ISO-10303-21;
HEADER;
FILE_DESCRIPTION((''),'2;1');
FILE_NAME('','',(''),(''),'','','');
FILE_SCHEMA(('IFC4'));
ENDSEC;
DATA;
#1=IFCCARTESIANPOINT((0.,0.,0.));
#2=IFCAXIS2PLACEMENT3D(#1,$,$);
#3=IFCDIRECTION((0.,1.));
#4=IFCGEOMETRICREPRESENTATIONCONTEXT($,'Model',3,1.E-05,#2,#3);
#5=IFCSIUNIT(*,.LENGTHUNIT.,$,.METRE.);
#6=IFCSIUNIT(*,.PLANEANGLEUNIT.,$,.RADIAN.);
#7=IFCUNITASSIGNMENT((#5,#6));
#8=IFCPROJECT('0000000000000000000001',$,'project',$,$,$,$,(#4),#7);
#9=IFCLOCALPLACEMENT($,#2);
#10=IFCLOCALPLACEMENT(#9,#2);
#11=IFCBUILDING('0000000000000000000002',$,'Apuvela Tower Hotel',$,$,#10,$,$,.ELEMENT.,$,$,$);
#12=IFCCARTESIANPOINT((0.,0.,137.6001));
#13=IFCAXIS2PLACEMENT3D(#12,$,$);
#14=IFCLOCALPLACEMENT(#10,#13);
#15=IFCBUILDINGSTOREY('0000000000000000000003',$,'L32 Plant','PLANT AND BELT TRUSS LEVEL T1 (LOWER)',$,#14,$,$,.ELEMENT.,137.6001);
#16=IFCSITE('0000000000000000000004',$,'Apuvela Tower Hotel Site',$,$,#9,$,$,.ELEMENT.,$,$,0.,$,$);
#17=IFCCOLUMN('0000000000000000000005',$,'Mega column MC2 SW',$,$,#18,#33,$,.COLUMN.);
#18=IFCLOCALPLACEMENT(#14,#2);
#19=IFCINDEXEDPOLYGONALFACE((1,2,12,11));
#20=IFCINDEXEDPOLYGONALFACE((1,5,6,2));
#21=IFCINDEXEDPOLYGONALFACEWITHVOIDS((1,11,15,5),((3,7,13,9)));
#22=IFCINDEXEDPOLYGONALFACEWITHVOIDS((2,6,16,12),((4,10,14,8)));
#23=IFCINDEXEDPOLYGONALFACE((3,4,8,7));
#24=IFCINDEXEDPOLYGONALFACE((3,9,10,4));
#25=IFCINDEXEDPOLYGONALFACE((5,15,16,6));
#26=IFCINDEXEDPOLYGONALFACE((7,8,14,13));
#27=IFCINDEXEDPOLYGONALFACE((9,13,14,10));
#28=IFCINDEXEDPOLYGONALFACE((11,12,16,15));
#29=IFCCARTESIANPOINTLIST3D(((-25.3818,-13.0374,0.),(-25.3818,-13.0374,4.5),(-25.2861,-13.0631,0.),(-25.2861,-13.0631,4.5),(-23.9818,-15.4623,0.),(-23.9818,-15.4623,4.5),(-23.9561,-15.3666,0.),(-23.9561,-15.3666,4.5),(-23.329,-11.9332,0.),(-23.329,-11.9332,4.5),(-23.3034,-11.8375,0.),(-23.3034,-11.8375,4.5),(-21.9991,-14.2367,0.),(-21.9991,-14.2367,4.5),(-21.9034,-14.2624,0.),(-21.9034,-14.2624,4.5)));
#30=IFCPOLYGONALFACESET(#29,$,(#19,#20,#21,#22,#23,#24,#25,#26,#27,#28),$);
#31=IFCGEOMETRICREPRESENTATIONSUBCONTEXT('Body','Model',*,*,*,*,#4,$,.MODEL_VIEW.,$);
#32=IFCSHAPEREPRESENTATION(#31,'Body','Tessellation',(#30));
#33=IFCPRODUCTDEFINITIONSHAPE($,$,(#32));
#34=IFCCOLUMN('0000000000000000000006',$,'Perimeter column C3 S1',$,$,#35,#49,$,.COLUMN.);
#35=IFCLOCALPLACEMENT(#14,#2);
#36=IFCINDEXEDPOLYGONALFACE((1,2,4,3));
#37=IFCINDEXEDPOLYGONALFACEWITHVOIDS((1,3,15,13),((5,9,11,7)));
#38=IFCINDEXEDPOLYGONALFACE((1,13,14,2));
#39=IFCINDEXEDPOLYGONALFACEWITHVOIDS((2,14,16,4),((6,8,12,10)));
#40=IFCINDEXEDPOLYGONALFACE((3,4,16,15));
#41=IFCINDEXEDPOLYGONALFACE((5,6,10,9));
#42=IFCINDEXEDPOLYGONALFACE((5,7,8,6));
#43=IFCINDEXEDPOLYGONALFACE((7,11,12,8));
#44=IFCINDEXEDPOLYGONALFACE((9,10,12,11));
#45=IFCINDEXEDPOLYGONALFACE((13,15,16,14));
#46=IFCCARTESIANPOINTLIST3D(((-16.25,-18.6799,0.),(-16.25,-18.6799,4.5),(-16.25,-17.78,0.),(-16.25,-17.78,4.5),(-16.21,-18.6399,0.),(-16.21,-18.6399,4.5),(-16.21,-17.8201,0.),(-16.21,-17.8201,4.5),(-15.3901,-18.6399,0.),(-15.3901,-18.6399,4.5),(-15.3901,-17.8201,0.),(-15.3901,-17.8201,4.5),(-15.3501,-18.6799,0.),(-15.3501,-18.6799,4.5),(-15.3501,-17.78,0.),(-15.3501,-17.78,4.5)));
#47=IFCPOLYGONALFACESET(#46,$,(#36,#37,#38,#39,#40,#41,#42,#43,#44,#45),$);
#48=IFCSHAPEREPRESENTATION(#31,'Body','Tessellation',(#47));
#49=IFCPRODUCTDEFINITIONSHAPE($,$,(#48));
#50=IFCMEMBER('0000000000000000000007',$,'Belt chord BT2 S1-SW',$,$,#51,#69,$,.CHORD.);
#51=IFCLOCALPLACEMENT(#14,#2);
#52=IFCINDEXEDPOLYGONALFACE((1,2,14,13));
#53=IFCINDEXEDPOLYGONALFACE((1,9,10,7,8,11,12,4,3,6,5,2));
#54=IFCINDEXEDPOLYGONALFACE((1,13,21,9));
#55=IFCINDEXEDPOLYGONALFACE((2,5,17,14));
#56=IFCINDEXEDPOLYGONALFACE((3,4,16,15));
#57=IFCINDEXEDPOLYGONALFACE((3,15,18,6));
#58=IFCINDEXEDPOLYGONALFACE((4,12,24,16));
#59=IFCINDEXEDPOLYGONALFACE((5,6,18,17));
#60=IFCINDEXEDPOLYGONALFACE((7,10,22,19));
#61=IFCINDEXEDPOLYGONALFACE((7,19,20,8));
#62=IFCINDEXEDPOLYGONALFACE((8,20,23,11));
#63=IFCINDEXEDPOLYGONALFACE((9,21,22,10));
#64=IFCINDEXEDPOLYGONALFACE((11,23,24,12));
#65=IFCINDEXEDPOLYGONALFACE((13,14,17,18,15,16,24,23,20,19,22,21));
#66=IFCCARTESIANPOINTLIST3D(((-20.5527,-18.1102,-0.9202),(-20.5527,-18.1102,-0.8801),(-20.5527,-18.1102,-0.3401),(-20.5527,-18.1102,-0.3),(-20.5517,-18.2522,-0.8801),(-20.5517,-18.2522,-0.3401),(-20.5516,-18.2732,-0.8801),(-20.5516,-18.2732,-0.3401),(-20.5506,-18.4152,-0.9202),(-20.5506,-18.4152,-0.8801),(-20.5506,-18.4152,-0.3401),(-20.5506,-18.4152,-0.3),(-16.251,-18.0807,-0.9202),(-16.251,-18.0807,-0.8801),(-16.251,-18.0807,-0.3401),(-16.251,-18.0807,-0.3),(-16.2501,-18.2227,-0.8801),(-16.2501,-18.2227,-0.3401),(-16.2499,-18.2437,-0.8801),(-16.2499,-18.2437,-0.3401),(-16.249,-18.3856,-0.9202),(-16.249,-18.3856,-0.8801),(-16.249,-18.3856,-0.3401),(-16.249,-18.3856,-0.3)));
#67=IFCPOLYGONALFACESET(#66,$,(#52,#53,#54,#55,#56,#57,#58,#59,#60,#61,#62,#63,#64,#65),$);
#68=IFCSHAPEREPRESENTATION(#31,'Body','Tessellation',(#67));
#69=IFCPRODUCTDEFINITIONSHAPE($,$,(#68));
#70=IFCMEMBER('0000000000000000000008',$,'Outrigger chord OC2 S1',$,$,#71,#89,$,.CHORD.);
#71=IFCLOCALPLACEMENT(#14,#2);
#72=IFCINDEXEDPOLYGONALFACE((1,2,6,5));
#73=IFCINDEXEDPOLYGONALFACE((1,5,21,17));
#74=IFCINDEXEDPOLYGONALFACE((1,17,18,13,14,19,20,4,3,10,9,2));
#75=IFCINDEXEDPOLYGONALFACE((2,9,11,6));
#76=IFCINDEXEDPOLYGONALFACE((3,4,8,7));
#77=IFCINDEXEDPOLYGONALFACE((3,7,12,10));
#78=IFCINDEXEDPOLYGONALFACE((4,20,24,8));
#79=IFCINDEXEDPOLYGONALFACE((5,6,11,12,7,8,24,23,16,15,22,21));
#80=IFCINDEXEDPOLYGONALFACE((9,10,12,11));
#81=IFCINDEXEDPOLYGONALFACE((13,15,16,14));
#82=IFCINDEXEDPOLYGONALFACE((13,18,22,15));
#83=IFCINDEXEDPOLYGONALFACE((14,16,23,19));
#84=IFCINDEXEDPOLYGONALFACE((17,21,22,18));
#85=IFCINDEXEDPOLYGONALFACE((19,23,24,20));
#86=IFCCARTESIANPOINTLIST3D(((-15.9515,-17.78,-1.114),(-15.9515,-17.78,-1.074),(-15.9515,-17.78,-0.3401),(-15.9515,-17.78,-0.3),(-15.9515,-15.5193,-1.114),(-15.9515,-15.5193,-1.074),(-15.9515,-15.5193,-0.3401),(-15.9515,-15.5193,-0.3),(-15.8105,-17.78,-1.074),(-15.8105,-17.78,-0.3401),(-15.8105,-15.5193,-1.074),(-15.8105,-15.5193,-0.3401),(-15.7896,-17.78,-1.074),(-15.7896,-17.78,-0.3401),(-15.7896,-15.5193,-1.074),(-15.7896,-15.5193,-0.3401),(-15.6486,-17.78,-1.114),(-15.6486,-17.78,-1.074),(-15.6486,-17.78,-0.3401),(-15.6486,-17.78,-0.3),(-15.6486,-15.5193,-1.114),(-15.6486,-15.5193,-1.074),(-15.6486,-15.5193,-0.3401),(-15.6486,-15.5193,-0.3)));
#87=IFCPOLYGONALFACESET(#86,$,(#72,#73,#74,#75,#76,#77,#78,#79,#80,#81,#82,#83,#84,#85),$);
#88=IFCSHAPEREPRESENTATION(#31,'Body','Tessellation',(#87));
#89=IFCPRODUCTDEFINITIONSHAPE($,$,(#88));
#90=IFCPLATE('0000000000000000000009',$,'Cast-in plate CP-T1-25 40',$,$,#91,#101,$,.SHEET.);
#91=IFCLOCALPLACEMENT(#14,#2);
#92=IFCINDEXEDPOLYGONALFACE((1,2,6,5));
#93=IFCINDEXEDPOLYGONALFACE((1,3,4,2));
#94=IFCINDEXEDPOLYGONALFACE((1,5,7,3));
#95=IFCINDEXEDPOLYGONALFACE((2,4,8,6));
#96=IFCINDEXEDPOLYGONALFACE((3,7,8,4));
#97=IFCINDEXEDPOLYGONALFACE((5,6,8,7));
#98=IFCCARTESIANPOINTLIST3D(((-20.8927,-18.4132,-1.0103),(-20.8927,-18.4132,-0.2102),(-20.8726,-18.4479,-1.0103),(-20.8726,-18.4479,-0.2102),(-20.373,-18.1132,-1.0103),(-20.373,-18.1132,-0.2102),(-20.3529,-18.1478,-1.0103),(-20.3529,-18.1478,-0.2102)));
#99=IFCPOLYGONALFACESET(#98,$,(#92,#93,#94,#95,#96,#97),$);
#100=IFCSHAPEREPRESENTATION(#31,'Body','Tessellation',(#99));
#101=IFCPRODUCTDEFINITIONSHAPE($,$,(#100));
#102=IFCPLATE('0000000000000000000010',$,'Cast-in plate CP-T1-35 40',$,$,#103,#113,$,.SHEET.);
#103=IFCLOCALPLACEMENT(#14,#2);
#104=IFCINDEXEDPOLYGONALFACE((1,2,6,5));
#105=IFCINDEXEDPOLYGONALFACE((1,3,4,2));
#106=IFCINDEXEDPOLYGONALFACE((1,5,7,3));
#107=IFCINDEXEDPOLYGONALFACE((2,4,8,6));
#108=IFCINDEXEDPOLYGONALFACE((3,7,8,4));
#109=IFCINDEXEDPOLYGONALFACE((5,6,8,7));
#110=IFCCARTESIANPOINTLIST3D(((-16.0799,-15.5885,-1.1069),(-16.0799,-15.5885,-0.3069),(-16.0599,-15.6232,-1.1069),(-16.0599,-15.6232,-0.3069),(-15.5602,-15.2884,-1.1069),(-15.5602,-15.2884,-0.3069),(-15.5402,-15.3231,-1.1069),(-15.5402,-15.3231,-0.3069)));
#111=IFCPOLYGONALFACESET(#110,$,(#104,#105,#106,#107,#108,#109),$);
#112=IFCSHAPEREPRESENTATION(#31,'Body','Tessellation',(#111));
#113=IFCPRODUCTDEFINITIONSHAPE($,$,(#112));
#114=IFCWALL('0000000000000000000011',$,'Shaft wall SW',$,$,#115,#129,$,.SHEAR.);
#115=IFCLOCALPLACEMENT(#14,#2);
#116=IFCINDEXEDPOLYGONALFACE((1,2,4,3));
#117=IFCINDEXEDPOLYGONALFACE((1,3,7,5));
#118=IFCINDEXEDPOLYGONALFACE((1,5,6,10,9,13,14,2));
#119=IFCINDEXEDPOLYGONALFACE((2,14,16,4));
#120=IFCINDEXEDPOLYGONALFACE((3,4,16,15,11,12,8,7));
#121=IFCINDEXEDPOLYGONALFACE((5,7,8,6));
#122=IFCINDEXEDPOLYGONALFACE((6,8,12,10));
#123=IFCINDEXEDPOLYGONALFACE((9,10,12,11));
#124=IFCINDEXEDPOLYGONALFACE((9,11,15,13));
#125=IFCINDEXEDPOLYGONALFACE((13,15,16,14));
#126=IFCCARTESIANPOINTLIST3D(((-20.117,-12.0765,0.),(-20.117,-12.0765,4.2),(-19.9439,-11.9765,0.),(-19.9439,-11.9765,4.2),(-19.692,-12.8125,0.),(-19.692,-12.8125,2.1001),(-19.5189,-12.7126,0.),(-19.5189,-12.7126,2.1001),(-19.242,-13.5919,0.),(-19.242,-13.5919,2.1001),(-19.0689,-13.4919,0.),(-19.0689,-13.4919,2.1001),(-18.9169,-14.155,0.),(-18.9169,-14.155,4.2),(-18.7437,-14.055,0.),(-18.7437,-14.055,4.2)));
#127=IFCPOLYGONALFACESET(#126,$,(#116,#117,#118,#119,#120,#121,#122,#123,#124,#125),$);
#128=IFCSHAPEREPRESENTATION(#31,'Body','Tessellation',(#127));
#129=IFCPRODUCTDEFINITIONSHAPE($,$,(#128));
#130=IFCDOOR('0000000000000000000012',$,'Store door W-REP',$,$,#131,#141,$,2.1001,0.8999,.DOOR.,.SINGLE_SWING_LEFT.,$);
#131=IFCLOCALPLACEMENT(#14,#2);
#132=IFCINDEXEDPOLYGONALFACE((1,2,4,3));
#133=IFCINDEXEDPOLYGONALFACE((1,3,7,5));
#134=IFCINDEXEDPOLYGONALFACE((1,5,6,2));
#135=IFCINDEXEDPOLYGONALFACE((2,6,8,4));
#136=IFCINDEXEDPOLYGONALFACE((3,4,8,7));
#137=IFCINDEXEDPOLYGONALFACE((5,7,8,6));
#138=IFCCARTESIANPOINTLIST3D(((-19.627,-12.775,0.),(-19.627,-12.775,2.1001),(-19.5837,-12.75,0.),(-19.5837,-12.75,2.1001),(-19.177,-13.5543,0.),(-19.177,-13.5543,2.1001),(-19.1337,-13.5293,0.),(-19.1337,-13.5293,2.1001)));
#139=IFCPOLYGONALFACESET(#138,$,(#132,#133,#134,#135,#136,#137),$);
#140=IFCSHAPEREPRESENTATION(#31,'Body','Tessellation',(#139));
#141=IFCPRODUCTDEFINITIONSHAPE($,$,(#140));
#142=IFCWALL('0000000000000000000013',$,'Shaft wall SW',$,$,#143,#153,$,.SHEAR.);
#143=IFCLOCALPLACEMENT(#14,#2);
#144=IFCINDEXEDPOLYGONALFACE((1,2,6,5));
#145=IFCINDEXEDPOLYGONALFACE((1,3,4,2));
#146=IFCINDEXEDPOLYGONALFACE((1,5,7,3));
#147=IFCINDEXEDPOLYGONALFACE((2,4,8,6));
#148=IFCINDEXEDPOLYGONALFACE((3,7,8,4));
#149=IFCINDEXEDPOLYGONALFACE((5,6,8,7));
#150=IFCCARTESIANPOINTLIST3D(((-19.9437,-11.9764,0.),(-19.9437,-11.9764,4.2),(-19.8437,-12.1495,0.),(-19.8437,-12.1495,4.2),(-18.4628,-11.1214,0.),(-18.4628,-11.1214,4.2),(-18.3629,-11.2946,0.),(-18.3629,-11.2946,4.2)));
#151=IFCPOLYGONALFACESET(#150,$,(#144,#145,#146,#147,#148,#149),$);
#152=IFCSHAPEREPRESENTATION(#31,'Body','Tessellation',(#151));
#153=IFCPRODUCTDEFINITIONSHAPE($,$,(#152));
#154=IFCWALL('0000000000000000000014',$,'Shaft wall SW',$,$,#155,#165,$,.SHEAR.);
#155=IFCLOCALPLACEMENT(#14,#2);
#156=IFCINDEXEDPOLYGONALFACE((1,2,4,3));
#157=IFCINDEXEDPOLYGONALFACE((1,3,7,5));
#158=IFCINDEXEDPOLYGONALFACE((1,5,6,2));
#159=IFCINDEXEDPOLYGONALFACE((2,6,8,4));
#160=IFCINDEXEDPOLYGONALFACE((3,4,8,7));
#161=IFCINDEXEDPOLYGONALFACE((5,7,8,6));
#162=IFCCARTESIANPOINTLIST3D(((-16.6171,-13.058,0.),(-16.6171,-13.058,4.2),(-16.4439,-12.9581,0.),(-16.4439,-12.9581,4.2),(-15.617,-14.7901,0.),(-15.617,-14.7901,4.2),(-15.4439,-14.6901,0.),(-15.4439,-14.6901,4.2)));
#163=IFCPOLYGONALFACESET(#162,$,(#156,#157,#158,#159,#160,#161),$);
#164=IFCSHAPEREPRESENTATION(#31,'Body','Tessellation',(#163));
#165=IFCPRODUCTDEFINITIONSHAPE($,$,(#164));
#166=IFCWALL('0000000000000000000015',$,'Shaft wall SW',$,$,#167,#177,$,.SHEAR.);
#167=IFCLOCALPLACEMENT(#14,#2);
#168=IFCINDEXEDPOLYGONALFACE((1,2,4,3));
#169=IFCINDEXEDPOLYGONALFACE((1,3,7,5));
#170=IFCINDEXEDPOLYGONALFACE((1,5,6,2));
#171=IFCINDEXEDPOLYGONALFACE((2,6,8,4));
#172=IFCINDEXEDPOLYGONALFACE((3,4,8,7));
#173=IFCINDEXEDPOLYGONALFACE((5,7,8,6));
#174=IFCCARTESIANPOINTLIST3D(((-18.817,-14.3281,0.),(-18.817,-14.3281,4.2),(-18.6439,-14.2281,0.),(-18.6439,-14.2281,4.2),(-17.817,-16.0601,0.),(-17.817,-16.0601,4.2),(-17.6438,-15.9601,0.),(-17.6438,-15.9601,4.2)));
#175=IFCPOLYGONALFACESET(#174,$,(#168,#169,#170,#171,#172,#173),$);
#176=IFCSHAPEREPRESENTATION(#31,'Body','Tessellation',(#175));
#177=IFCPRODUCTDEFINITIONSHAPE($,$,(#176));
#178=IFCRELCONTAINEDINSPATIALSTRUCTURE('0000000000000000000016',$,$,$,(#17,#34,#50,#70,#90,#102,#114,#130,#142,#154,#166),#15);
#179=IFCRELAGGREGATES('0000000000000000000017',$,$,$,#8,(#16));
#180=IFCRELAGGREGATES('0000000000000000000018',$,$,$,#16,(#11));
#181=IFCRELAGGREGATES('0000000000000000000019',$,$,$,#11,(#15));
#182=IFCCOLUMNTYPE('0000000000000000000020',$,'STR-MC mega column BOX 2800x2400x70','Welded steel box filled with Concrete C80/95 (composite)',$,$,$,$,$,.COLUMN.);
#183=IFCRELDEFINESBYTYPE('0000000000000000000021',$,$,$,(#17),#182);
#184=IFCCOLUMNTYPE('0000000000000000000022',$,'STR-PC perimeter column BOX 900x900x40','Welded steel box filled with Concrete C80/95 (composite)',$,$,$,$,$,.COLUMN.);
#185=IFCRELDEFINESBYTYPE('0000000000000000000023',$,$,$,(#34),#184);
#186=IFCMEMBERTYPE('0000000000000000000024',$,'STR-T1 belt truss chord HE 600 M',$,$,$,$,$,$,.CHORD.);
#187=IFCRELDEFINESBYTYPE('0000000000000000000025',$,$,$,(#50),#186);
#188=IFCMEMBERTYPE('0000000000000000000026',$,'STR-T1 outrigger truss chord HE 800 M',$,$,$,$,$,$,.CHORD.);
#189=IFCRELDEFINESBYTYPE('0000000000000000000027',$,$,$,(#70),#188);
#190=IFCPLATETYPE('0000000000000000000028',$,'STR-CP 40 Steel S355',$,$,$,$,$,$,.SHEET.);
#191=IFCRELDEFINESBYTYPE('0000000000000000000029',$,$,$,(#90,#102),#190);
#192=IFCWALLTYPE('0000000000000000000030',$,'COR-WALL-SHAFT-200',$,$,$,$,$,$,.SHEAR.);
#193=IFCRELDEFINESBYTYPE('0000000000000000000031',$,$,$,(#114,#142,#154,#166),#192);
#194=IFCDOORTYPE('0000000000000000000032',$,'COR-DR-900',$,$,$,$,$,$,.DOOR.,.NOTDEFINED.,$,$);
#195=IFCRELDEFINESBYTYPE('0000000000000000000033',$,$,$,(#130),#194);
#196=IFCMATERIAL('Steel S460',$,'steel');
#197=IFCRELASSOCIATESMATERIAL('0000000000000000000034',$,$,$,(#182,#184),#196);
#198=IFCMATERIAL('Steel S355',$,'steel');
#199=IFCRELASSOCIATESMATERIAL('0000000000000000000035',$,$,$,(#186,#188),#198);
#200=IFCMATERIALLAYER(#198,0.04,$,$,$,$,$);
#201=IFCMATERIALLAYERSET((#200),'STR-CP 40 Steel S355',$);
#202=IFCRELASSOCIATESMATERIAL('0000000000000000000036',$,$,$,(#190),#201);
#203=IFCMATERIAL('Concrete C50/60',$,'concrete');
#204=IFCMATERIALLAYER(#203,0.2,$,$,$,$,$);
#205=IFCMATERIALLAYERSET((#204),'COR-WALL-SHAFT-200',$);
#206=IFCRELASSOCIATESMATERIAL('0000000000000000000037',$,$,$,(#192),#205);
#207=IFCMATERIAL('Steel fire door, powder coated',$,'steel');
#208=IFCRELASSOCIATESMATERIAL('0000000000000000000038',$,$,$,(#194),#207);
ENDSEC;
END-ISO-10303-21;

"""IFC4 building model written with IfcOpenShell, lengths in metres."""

from ifc_helpers import new_model, si_unit, direction, frame, frame_2d, origin, origin_2d, place, context, subcontext, project, spatial, rectangle, hollow_rectangle, i_section, extrude, material, layer, layer_set, material_profile, profile_set, type_object, element, fill, save


model = new_model("IFC4")

# Units and contexts
model_context = context("Model", 3, precision=1e-05, world=origin(), true_north=direction((0.0, 1.0)))
body_context = subcontext(model_context, "Body", "Model", "MODEL_VIEW")
ifc_project = project(units=[si_unit("LENGTHUNIT", "METRE"), si_unit("PLANEANGLEUNIT", "RADIAN")], contexts=[model_context])

# Site, building, storey
site_placement = place(None, origin())
site = spatial("IfcSite", under=ifc_project, at=site_placement, Name="Apuvela Tower Hotel Site", CompositionType="ELEMENT", RefElevation=0.0)
building_placement = place(site_placement, origin())
building = spatial("IfcBuilding", under=site, at=building_placement, Name="Apuvela Tower Hotel", CompositionType="ELEMENT")
storey_placement = place(building_placement, frame((0.0, 0.0, 137.6001)))
storey = spatial("IfcBuildingStorey", under=building, at=storey_placement, Name="L32 Plant", Description="PLANT AND BELT TRUSS LEVEL T1 (LOWER)", CompositionType="ELEMENT", Elevation=137.6001)

# Columns
ifc_material_1 = material(Name="Steel S460", Category="steel")
ifc_material_profile_1 = material_profile(ifc_material_1, hollow_rectangle(XDim=2.8, YDim=2.3999, WallThickness=0.0701, at=origin_2d()), Name="BOX 2800x2400x70")
ifc_material_2 = material(Name="Concrete C80/95", Category="concrete")
ifc_material_profile_2 = material_profile(ifc_material_2, rectangle(XDim=2.6599, YDim=2.26, at=origin_2d()), Name="Concrete C80/95 infill")
ifc_profile_set_1 = profile_set([ifc_material_profile_1, ifc_material_profile_2], Name="Steel S460")
column_type_1 = type_object("IfcColumnType", Name="STR-MC mega column BOX 2800x2400x70", Description="Welded steel box filled with Concrete C80/95 (composite)", PredefinedType="COLUMN", material=ifc_profile_set_1)
column_1_placement = place(storey_placement, frame((-23.6426, -13.6499, 0.0), z_axis=(0.0, 0.0, 1.0), x_axis=(-0.5, 0.866025, 0.0)))
element("IfcColumn", 1, at=column_1_placement, inside=storey, type_object=column_type_1, Name="Mega column MC2 SW", PredefinedType="COLUMN", context=body_context, shape_type="SweptSolid", body=[
    extrude(hollow_rectangle(XDim=2.8, YDim=2.3999, WallThickness=0.0701, at=origin_2d()), origin(), (0.0, 0.0, 1.0), 4.5),
])
ifc_material_profile_3 = material_profile(ifc_material_1, hollow_rectangle(XDim=0.8999, YDim=0.8999, WallThickness=0.04, at=origin_2d()), Name="BOX 900x900x40")
ifc_material_profile_4 = material_profile(ifc_material_2, rectangle(XDim=0.8201, YDim=0.8201, at=origin_2d()), Name="Concrete C80/95 infill")
ifc_profile_set_2 = profile_set([ifc_material_profile_3, ifc_material_profile_4], Name="Steel S460")
column_type_2 = type_object("IfcColumnType", Name="STR-PC perimeter column BOX 900x900x40", Description="Welded steel box filled with Concrete C80/95 (composite)", PredefinedType="COLUMN", material=ifc_profile_set_2)
column_2_placement = place(storey_placement, frame((-15.8, -18.23, 0.0), z_axis=(0.0, 0.0, 1.0), x_axis=(-1.0, 0.0, 0.0)))
element("IfcColumn", 2, at=column_2_placement, inside=storey, type_object=column_type_2, Name="Perimeter column C3 S1", PredefinedType="COLUMN", context=body_context, shape_type="SweptSolid", body=[
    extrude(hollow_rectangle(XDim=0.8999, YDim=0.8999, WallThickness=0.04, at=origin_2d()), origin(), (0.0, 0.0, 1.0), 4.5),
])

# Members
ifc_material_3 = material(Name="Steel S355", Category="steel")
ifc_material_profile_5 = material_profile(ifc_material_3, i_section(OverallWidth=0.3049, OverallDepth=0.6201, WebThickness=0.021, FlangeThickness=0.04, at=origin_2d()), Name="HE 600 M")
ifc_profile_set_3 = profile_set([ifc_material_profile_5], Name="Steel S355")
member_type_1 = type_object("IfcMemberType", Name="STR-T1 belt truss chord HE 600 M", PredefinedType="CHORD", material=ifc_profile_set_3)
member_1_placement = place(storey_placement, frame((-16.25, -18.2332, -0.6101), z_axis=(-0.999976, -0.006867, 0.0), x_axis=(0.006867, -0.999976, 0.0)))
element("IfcMember", 3, at=member_1_placement, inside=storey, type_object=member_type_1, Name="Belt chord BT2 S1-SW", PredefinedType="CHORD", context=body_context, shape_type="SweptSolid", body=[
    extrude(i_section(OverallWidth=0.3049, OverallDepth=0.6201, WebThickness=0.021, FlangeThickness=0.04, at=origin_2d()), origin(), (0.0, 0.0, 1.0), 4.3018),
])
ifc_material_profile_6 = material_profile(ifc_material_3, i_section(OverallWidth=0.303, OverallDepth=0.814, WebThickness=0.021, FlangeThickness=0.04, at=origin_2d()), Name="HE 800 M")
ifc_profile_set_4 = profile_set([ifc_material_profile_6], Name="Steel S355")
member_type_2 = type_object("IfcMemberType", Name="STR-T1 outrigger truss chord HE 800 M", PredefinedType="CHORD", material=ifc_profile_set_4)
member_2_placement = place(storey_placement, frame((-15.8, -17.78, -0.707), z_axis=(0.0, 1.0, 0.0), x_axis=(-1.0, 0.0, 0.0)))
element("IfcMember", 4, at=member_2_placement, inside=storey, type_object=member_type_2, Name="Outrigger chord OC2 S1", PredefinedType="CHORD", context=body_context, shape_type="SweptSolid", body=[
    extrude(i_section(OverallWidth=0.303, OverallDepth=0.814, WebThickness=0.021, FlangeThickness=0.04, at=origin_2d()), origin(), (0.0, 0.0, 1.0), 2.2607),
])

# Plates
ifc_layer_1 = layer(ifc_material_3, 0.04)
ifc_layer_set_1 = layer_set([ifc_layer_1], Name="STR-CP 40 Steel S355")
plate_type = type_object("IfcPlateType", Name="STR-CP 40 Steel S355", PredefinedType="SHEET", material=ifc_layer_set_1)
for number, where, z_axis, x_axis, name in (
    (5, (-20.6228, -18.2805, -1.0103), (0.0, 0.0, 1.0), (0.5, -0.866025, 0.0), "Cast-in plate CP-T1-25 40"),
    (6, (-15.8101, -15.4558, -1.1069), (0.0, 0.0, 1.0), (-0.5, 0.866025, 0.0), "Cast-in plate CP-T1-35 40"),
):
    element("IfcPlate", number, at=place(storey_placement, frame(where, z_axis=z_axis, x_axis=x_axis)), inside=storey, type_object=plate_type, Name=name, PredefinedType="SHEET", context=body_context, shape_type="SweptSolid", body=[
        extrude(rectangle(XDim=0.04, YDim=0.6001, at=origin_2d()), origin(), (0.0, 0.0, 1.0), 0.8),
    ])

# Wall, opening, door
ifc_material_4 = material(Name="Concrete C50/60", Category="concrete")
ifc_layer_2 = layer(ifc_material_4, 0.2)
ifc_layer_set_2 = layer_set([ifc_layer_2], Name="COR-WALL-SHAFT-200")
wall_type_1 = type_object("IfcWallType", Name="COR-WALL-SHAFT-200", PredefinedType="SHEAR", material=ifc_layer_set_2)
wall_1_placement = place(storey_placement, frame((-20.0305, -12.0264, 0.0), z_axis=(0.0, 0.0, 1.0), x_axis=(0.500034, -0.866006, 0.0)))
wall_1 = element("IfcWall", 7, at=wall_1_placement, inside=storey, type_object=wall_type_1, Name="Shaft wall SW", PredefinedType="SHEAR", context=body_context, shape_type="SweptSolid", body=[
    extrude(rectangle(XDim=2.4001, YDim=0.2, at=frame_2d((1.2002, 0.0))), origin(), (0.0, 0.0, 1.0), 4.2),
])
opening_placement = place(wall_1_placement, frame((0.8501, 0.0, 0.0)))
opening = element("IfcOpeningElement", 8, at=opening_placement, cuts=wall_1, PredefinedType="OPENING", context=body_context, shape_type="SweptSolid", body=[
    extrude(rectangle(XDim=0.8999, YDim=2.1001, at=frame_2d((0.45, 1.05))), frame((0.0, 0.1099, 0.0), z_axis=(0.0, -1.0, 0.0), x_axis=(1.0, 0.0, 0.0)), (0.0, 0.0, 1.0), 0.22),
])
ifc_material_5 = material(Name="Steel fire door, powder coated", Category="steel")
door_type = type_object("IfcDoorType", Name="COR-DR-900", OperationType="NOTDEFINED", PredefinedType="DOOR", material=ifc_material_5)
door_placement = place(opening_placement, frame((0.8999, 0.0, 0.0), z_axis=(0.0, 0.0, 1.0), x_axis=(-1.0, 0.0, 0.0)))
door = element("IfcDoor", 9, at=door_placement, inside=storey, type_object=door_type, Name="Store door W-REP", OperationType="SINGLE_SWING_LEFT", OverallHeight=2.1001, OverallWidth=0.8999, PredefinedType="DOOR", context=body_context, shape_type="SweptSolid", body=[
    extrude(rectangle(XDim=0.8999, YDim=2.1001, at=frame_2d((0.45, 1.05))), frame((0.0, 0.0249, 0.0), z_axis=(0.0, -1.0, 0.0), x_axis=(1.0, 0.0, 0.0)), (0.0, 0.0, 1.0), 0.05),
])
fill(opening, door)

# Walls
wall_2_placement = place(storey_placement, frame((-18.4128, -11.208, 0.0), z_axis=(0.0, 0.0, 1.0), x_axis=(-0.866038, -0.499978, 0.0)))
element("IfcWall", 10, at=wall_2_placement, inside=storey, type_object=wall_type_1, Name="Shaft wall SW", PredefinedType="SHEAR", context=body_context, shape_type="SweptSolid", body=[
    extrude(rectangle(XDim=1.71, YDim=0.2, at=frame_2d((0.855, 0.0))), origin(), (0.0, 0.0, 1.0), 4.2),
])
for number, where, z_axis, x_axis, name in (
    (11, (-16.5305, -13.0081, 0.0), (0.0, 0.0, 1.0), (0.500025, -0.866011, 0.0), "Shaft wall SW"),
    (12, (-18.7305, -14.2781, 0.0), (0.0, 0.0, 1.0), (0.500025, -0.866011, 0.0), "Shaft wall SW"),
):
    element("IfcWall", number, at=place(storey_placement, frame(where, z_axis=z_axis, x_axis=x_axis)), inside=storey, type_object=wall_type_1, Name=name, PredefinedType="SHEAR", context=body_context, shape_type="SweptSolid", body=[
        extrude(rectangle(XDim=2.0, YDim=0.2, at=frame_2d((1.0, 0.0))), origin(), (0.0, 0.0, 1.0), 4.2),
    ])

save(model, "model.ifc")
